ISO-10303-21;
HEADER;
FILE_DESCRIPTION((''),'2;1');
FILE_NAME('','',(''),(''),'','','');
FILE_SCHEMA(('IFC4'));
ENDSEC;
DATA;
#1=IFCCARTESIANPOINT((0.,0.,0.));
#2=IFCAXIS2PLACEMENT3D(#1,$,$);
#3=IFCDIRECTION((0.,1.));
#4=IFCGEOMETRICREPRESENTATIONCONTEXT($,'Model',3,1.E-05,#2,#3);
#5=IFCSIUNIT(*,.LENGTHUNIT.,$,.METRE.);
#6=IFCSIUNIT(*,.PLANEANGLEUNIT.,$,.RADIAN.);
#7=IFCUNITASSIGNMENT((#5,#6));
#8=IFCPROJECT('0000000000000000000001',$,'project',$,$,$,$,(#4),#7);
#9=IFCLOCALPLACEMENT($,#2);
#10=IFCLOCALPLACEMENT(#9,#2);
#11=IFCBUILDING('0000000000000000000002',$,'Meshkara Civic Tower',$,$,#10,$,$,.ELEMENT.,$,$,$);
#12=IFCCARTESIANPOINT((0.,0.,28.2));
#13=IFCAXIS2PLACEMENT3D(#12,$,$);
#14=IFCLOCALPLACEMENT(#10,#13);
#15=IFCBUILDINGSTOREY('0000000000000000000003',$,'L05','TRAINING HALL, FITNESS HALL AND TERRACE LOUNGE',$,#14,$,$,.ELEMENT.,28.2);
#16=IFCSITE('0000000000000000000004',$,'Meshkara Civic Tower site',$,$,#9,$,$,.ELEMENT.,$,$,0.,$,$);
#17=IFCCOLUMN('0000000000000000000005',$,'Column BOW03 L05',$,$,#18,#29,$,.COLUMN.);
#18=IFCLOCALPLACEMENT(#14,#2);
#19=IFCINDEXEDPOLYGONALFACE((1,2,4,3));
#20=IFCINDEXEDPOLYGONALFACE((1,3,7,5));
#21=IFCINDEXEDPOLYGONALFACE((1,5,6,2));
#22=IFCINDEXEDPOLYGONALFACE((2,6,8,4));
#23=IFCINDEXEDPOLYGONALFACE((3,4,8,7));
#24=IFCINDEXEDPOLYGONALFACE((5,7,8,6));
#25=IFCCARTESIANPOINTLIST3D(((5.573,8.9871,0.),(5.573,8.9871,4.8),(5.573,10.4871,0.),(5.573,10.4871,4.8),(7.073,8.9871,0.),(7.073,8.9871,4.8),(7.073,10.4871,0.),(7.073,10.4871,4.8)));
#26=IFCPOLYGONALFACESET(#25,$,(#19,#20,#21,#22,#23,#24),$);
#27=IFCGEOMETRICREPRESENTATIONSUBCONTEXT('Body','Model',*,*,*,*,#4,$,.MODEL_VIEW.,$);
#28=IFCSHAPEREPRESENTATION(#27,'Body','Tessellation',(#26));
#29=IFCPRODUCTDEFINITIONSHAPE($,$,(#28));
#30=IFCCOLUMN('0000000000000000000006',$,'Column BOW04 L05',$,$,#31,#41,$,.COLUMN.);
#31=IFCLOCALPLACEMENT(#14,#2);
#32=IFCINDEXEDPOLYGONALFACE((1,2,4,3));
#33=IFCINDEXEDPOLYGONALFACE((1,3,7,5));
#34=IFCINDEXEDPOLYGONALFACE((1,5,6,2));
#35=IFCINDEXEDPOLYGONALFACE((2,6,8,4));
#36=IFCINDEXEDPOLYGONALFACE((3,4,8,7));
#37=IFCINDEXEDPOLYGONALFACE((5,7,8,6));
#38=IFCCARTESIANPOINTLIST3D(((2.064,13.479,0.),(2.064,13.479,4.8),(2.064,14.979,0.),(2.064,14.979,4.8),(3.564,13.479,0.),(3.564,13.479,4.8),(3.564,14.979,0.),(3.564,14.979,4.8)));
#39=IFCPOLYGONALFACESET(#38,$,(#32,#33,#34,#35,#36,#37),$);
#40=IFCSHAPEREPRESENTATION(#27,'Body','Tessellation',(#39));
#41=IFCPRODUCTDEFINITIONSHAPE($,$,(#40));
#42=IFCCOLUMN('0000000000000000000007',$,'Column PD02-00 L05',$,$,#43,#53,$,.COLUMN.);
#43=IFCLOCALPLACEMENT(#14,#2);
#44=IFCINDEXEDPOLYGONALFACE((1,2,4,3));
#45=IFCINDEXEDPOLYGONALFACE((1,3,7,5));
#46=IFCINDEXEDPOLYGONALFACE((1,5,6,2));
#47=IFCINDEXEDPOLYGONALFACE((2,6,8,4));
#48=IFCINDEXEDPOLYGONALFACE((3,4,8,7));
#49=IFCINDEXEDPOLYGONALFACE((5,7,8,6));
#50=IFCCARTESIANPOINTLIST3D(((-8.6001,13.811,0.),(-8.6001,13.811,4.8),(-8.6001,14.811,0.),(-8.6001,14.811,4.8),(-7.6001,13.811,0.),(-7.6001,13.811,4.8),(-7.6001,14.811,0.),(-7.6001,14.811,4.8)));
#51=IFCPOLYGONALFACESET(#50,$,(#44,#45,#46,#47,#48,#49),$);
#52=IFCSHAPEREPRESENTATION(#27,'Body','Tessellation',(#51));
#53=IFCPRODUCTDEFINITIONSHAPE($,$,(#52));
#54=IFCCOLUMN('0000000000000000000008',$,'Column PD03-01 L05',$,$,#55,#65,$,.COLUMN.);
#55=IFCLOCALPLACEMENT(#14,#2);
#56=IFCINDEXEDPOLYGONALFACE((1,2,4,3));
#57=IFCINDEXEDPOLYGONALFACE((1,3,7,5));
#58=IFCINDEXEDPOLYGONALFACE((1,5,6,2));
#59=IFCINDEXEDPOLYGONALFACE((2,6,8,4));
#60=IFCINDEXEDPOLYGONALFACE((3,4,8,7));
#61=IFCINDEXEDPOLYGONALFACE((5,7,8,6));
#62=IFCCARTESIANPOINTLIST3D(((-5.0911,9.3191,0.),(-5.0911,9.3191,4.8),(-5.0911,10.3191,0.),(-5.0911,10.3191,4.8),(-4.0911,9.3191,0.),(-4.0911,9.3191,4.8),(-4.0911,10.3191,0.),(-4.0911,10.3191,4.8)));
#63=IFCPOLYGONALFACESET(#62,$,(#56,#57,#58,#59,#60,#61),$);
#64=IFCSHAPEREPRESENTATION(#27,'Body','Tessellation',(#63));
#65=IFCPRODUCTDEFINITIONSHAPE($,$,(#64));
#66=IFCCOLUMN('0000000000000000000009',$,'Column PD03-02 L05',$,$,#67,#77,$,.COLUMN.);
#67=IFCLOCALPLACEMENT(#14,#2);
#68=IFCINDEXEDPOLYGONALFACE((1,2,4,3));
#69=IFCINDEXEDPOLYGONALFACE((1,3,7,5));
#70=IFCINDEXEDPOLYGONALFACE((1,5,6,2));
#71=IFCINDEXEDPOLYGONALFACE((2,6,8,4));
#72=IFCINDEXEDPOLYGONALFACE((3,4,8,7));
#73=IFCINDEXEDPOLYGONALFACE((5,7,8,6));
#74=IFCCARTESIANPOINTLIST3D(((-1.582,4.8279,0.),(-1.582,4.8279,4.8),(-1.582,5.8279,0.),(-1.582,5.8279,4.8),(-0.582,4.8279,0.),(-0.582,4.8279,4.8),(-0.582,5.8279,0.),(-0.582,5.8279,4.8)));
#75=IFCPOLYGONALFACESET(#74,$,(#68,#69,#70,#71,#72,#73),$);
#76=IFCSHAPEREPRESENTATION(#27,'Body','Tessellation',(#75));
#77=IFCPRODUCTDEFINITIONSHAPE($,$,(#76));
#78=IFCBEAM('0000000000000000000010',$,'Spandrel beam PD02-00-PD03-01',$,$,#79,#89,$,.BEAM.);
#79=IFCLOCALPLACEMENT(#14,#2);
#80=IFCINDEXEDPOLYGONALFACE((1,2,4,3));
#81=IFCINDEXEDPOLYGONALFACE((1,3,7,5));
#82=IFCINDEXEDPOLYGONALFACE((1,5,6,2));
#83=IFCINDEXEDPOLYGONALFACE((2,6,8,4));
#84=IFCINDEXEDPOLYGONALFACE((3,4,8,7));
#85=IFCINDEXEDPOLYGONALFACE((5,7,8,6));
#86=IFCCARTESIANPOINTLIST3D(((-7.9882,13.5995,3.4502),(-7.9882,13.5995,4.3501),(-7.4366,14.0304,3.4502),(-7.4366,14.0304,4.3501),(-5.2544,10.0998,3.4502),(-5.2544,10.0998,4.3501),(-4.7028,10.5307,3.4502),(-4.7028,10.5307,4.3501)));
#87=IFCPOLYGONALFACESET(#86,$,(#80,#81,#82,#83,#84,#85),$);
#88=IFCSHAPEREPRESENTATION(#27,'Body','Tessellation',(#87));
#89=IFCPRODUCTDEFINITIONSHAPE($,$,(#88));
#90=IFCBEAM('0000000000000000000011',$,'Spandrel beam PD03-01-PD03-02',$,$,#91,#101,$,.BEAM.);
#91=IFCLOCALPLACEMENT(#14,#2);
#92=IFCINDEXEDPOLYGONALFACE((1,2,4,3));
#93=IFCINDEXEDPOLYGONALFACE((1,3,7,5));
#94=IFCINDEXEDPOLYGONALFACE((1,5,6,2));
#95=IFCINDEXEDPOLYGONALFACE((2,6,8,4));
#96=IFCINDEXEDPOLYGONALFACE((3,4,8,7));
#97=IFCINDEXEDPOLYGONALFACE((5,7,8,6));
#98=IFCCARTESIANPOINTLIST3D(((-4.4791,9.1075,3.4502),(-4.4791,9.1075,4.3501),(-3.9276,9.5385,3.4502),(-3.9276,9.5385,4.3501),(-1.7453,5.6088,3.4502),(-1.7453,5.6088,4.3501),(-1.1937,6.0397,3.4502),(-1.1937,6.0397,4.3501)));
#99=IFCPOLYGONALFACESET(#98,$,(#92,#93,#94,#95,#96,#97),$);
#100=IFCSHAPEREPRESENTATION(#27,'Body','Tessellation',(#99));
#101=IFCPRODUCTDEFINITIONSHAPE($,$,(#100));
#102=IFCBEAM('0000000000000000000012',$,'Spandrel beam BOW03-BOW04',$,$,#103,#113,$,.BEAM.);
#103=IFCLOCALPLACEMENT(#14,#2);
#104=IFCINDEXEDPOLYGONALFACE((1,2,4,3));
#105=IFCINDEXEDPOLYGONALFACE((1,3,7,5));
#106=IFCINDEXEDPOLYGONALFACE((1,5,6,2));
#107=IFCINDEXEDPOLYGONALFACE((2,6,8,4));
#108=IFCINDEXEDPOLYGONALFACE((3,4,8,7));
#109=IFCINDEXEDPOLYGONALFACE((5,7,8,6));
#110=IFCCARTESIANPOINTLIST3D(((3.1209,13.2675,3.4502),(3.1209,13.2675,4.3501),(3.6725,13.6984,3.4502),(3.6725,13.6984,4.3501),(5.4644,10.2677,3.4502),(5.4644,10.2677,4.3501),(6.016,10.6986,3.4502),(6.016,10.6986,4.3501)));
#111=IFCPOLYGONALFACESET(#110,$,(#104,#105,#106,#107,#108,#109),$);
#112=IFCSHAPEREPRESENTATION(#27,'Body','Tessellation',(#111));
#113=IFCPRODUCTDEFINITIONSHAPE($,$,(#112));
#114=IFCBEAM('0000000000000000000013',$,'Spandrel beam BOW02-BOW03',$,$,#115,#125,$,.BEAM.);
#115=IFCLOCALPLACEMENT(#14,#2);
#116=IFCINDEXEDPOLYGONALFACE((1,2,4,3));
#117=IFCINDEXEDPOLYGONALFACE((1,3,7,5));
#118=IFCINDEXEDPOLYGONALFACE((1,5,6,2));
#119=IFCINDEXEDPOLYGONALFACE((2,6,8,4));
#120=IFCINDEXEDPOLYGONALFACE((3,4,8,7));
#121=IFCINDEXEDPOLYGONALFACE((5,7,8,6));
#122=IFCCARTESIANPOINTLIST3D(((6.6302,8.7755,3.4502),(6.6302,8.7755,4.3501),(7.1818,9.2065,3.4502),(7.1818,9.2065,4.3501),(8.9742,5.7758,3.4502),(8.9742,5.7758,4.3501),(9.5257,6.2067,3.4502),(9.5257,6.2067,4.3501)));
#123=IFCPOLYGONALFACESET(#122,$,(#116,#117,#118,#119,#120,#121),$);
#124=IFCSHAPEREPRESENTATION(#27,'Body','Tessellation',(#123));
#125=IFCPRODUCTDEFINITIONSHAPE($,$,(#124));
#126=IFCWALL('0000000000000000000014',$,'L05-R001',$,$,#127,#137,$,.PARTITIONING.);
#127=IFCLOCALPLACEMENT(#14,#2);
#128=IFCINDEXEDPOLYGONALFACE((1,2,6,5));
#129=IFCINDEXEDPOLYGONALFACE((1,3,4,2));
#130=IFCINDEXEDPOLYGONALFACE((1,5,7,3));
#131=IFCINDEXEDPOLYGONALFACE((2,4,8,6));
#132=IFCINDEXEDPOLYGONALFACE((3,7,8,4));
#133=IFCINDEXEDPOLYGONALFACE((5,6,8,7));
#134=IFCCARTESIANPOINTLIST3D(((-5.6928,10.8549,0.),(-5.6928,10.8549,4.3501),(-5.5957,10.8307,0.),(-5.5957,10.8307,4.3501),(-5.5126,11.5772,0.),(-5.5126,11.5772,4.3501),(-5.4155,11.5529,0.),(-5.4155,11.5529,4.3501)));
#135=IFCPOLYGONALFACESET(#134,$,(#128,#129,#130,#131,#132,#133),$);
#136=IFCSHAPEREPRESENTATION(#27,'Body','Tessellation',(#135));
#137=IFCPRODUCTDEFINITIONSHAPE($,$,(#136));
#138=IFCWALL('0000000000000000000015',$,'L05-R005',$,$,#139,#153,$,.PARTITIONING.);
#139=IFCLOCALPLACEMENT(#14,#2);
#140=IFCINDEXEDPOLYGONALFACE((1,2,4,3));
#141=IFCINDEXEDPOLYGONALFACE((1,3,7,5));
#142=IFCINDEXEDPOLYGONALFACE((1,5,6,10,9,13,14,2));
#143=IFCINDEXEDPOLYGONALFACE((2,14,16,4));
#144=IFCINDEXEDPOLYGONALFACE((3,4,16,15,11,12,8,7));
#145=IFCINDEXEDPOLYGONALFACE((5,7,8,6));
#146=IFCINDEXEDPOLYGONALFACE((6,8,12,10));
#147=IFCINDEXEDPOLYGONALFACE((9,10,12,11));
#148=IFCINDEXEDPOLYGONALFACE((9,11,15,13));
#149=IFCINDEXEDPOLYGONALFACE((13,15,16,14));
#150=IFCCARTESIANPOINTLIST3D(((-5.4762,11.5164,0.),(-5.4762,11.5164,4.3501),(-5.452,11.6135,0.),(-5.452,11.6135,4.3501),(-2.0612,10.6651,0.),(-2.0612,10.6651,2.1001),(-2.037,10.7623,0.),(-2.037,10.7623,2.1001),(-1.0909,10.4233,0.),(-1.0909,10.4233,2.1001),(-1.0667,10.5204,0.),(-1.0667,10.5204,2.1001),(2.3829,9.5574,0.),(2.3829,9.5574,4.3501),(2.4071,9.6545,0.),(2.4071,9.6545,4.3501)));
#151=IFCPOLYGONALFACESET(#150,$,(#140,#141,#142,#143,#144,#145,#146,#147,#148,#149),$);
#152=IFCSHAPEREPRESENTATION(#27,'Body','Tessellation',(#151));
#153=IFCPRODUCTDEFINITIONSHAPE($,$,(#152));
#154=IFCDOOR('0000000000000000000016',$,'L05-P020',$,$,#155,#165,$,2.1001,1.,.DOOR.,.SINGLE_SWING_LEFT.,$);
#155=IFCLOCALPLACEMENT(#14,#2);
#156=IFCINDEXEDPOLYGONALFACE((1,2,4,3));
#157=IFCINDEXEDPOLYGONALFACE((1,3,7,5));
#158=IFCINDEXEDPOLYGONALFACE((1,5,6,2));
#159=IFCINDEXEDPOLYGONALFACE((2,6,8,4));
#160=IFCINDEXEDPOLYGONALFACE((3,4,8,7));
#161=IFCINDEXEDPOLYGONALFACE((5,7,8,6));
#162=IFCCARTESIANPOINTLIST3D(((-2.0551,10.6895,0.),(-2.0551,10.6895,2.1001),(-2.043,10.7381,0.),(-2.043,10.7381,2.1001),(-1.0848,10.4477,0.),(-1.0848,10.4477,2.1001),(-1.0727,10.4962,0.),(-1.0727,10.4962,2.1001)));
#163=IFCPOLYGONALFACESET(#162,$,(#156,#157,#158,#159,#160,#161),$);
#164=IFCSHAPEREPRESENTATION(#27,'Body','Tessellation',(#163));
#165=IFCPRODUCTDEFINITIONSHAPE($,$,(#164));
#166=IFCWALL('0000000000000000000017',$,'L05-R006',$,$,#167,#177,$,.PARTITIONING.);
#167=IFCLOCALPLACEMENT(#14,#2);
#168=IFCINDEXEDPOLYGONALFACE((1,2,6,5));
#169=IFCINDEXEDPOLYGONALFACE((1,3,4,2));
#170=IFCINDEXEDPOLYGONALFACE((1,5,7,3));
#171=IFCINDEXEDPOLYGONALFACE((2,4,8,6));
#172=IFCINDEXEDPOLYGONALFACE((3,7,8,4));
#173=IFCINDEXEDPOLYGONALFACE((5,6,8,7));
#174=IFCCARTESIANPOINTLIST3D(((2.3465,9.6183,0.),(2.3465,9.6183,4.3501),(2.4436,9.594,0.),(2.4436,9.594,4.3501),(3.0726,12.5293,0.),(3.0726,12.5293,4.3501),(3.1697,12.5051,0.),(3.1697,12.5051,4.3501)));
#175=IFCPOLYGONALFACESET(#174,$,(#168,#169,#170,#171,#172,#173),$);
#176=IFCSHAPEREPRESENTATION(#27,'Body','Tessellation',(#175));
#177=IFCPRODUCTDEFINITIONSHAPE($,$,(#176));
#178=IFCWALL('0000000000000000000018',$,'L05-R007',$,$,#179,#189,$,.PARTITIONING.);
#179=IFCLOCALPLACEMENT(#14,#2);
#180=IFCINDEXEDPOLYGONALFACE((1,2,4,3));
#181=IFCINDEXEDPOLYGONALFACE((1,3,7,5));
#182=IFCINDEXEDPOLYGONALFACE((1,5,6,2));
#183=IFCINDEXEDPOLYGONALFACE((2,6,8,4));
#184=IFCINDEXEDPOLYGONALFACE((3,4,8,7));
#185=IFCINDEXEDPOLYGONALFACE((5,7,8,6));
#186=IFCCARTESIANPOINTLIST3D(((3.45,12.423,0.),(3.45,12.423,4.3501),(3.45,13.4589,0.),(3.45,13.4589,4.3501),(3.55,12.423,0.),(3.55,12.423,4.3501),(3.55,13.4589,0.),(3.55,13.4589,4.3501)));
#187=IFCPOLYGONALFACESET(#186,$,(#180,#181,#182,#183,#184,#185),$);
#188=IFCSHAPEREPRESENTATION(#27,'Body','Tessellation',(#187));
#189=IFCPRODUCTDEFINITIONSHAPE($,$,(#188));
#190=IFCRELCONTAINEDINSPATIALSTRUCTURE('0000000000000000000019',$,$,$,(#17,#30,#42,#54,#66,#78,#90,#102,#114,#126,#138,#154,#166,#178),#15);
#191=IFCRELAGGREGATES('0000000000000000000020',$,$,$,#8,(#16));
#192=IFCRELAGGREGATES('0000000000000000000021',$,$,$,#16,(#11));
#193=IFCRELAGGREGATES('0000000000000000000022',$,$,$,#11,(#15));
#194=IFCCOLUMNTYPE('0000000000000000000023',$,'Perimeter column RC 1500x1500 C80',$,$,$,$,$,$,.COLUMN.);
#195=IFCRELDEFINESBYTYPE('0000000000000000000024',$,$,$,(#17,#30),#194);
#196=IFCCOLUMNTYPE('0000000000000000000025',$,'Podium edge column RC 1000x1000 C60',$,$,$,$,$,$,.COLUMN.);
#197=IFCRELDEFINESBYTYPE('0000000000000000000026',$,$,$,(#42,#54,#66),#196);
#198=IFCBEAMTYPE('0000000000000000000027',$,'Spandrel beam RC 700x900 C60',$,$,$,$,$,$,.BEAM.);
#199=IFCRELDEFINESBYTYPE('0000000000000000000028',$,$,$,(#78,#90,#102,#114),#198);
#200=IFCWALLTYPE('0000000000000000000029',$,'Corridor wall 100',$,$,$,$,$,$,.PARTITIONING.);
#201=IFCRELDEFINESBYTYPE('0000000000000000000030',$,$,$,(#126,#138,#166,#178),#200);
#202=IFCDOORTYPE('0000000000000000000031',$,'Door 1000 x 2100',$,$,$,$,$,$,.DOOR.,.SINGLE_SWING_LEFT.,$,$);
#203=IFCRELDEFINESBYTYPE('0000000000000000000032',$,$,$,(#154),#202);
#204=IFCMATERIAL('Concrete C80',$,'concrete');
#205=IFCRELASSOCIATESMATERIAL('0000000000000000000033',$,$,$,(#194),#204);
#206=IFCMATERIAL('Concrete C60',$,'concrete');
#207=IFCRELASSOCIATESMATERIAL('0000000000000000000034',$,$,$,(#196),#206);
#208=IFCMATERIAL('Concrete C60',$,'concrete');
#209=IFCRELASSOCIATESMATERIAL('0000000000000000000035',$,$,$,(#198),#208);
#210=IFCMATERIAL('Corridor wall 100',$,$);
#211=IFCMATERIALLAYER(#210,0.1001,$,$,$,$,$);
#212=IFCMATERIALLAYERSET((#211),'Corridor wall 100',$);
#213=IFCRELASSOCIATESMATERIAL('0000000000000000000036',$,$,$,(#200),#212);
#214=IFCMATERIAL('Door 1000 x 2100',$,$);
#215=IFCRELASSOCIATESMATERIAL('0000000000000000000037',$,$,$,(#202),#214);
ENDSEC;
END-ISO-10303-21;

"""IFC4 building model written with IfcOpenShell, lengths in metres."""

from ifc_helpers import new_model, si_unit, direction, frame, frame_2d, origin, origin_2d, place, context, subcontext, project, spatial, rectangle, extrude, material, layer, layer_set, material_profile, profile_set, type_object, element, fill, save


model = new_model("IFC4")

# Units and contexts
model_context = context("Model", 3, precision=1e-05, world=origin(), true_north=direction((0.0, 1.0)))
body_context = subcontext(model_context, "Body", "Model", "MODEL_VIEW")
ifc_project = project(units=[si_unit("LENGTHUNIT", "METRE"), si_unit("PLANEANGLEUNIT", "RADIAN")], contexts=[model_context])

# Site, building, storey
site_placement = place(None, origin())
site = spatial("IfcSite", under=ifc_project, at=site_placement, Name="Meshkara Civic Tower site", CompositionType="ELEMENT", RefElevation=0.0)
building_placement = place(site_placement, origin())
building = spatial("IfcBuilding", under=site, at=building_placement, Name="Meshkara Civic Tower", CompositionType="ELEMENT")
storey_placement = place(building_placement, frame((0.0, 0.0, 28.2)))
storey = spatial("IfcBuildingStorey", under=building, at=storey_placement, Name="L05", Description="TRAINING HALL, FITNESS HALL AND TERRACE LOUNGE", CompositionType="ELEMENT", Elevation=28.2)

# Columns
ifc_material_1 = material(Name="Concrete C80", Category="concrete")
ifc_material_profile_1 = material_profile(ifc_material_1, rectangle(XDim=1.5, YDim=1.5, at=origin_2d()))
ifc_profile_set_1 = profile_set([ifc_material_profile_1], Name="Concrete C80")
column_type_1 = type_object("IfcColumnType", Name="Perimeter column RC 1500x1500 C80", PredefinedType="COLUMN", material=ifc_profile_set_1)
for number, where, z_axis, x_axis, name in (
    (1, (6.323, 9.7371, 0.0), (0.0, 0.0, 1.0), (1.0, 0.0, 0.0), "Column BOW03 L05"),
    (2, (2.814, 14.229, 0.0), (0.0, 0.0, 1.0), (1.0, 0.0, 0.0), "Column BOW04 L05"),
):
    element("IfcColumn", number, at=place(storey_placement, frame(where, z_axis=z_axis, x_axis=x_axis)), inside=storey, type_object=column_type_1, Name=name, PredefinedType="COLUMN", context=body_context, shape_type="SweptSolid", body=[
        extrude(rectangle(XDim=1.5, YDim=1.5, at=origin_2d()), origin(), (0.0, 0.0, 1.0), 4.8),
    ])
ifc_material_2 = material(Name="Concrete C60", Category="concrete")
ifc_material_profile_2 = material_profile(ifc_material_2, rectangle(XDim=1.0, YDim=1.0, at=origin_2d()))
ifc_profile_set_2 = profile_set([ifc_material_profile_2], Name="Concrete C60")
column_type_2 = type_object("IfcColumnType", Name="Podium edge column RC 1000x1000 C60", PredefinedType="COLUMN", material=ifc_profile_set_2)
for number, where, z_axis, x_axis, name in (
    (3, (-8.1001, 14.311, 0.0), (0.0, 0.0, 1.0), (1.0, 0.0, 0.0), "Column PD02-00 L05"),
    (4, (-4.5911, 9.8191, 0.0), (0.0, 0.0, 1.0), (1.0, 0.0, 0.0), "Column PD03-01 L05"),
    (5, (-1.082, 5.3279, 0.0), (0.0, 0.0, 1.0), (1.0, 0.0, 0.0), "Column PD03-02 L05"),
):
    element("IfcColumn", number, at=place(storey_placement, frame(where, z_axis=z_axis, x_axis=x_axis)), inside=storey, type_object=column_type_2, Name=name, PredefinedType="COLUMN", context=body_context, shape_type="SweptSolid", body=[
        extrude(rectangle(XDim=1.0, YDim=1.0, at=origin_2d()), origin(), (0.0, 0.0, 1.0), 4.8),
    ])

# Beams
ifc_material_3 = material(Name="Concrete C60", Category="concrete")
ifc_material_profile_3 = material_profile(ifc_material_3, rectangle(XDim=0.7, YDim=0.8999, at=origin_2d()))
ifc_profile_set_3 = profile_set([ifc_material_profile_3], Name="Concrete C60")
beam_type = type_object("IfcBeamType", Name="Spandrel beam RC 700x900 C60", PredefinedType="BEAM", material=ifc_profile_set_3)
beam_1_placement = place(storey_placement, frame((-7.7124, 13.8149, 3.9001), z_axis=(0.615602, -0.788057, 0.0), x_axis=(0.788057, 0.615602, 0.0)))
element("IfcBeam", 6, at=beam_1_placement, inside=storey, type_object=beam_type, Name="Spandrel beam PD02-00-PD03-01", PredefinedType="BEAM", context=body_context, shape_type="SweptSolid", body=[
    extrude(rectangle(XDim=0.7, YDim=0.8999, at=origin_2d()), origin(), (0.0, 0.0, 1.0), 4.4409),
])
beam_2_placement = place(storey_placement, frame((-4.2034, 9.323, 3.9001), z_axis=(0.615709, -0.787974, 0.0), x_axis=(0.787974, 0.615709, 0.0)))
element("IfcBeam", 7, at=beam_2_placement, inside=storey, type_object=beam_type, Name="Spandrel beam PD03-01-PD03-02", PredefinedType="BEAM", context=body_context, shape_type="SweptSolid", body=[
    extrude(rectangle(XDim=0.7, YDim=0.8999, at=origin_2d()), origin(), (0.0, 0.0, 1.0), 4.4402),
])
beam_3_placement = place(storey_placement, frame((3.3967, 13.4829, 3.9001), z_axis=(0.615635, -0.788031, 0.0), x_axis=(0.788031, 0.615635, 0.0)))
element("IfcBeam", 8, at=beam_3_placement, inside=storey, type_object=beam_type, Name="Spandrel beam BOW03-BOW04", PredefinedType="BEAM", context=body_context, shape_type="SweptSolid", body=[
    extrude(rectangle(XDim=0.7, YDim=0.8999, at=origin_2d()), origin(), (0.0, 0.0, 1.0), 3.8066),
])
beam_4_placement = place(storey_placement, frame((6.906, 8.991, 3.9001), z_axis=(0.615715, -0.787969, 0.0), x_axis=(0.787969, 0.615715, 0.0)))
element("IfcBeam", 9, at=beam_4_placement, inside=storey, type_object=beam_type, Name="Spandrel beam BOW02-BOW03", PredefinedType="BEAM", context=body_context, shape_type="SweptSolid", body=[
    extrude(rectangle(XDim=0.7, YDim=0.8999, at=origin_2d()), origin(), (0.0, 0.0, 1.0), 3.8069),
])

# Wall
ifc_material_4 = material(Name="Corridor wall 100")
ifc_layer_1 = layer(ifc_material_4, 0.1001)
ifc_layer_set_1 = layer_set([ifc_layer_1], Name="Corridor wall 100")
wall_type_1 = type_object("IfcWallType", Name="Corridor wall 100", PredefinedType="PARTITIONING", material=ifc_layer_set_1)
wall_1_placement = place(storey_placement, frame((-5.4641, 11.5649, 0.0), z_axis=(0.0, 0.0, 1.0), x_axis=(-0.242073, -0.970258, 0.0)))
element("IfcWall", 10, at=wall_1_placement, inside=storey, type_object=wall_type_1, Name="L05-R001", PredefinedType="PARTITIONING", context=body_context, shape_type="SweptSolid", body=[
    extrude(rectangle(XDim=0.7444, YDim=0.1001, at=frame_2d((0.3721, 0.0))), origin(), (0.0, 0.0, 1.0), 4.3501),
])

# Wall, opening, door
wall_2_placement = place(storey_placement, frame((2.395, 9.606, 0.0), z_axis=(0.0, 0.0, 1.0), x_axis=(-0.970311, 0.241862, 0.0)))
wall_2 = element("IfcWall", 11, at=wall_2_placement, inside=storey, type_object=wall_type_1, Name="L05-R005", PredefinedType="PARTITIONING", context=body_context, shape_type="SweptSolid", body=[
    extrude(rectangle(XDim=8.0996, YDim=0.1001, at=frame_2d((4.0498, 0.0))), origin(), (0.0, 0.0, 1.0), 4.3501),
])
opening_1_placement = place(wall_2_placement, frame((3.5801, 0.0, 0.0)))
opening_1 = element("IfcOpeningElement", 12, at=opening_1_placement, cuts=wall_2, PredefinedType="OPENING", context=body_context, shape_type="SweptSolid", body=[
    extrude(rectangle(XDim=1.0, YDim=2.1001, at=frame_2d((0.5, 1.05))), frame((0.0, 0.0601, 0.0), z_axis=(0.0, -1.0, 0.0), x_axis=(1.0, 0.0, 0.0)), (0.0, 0.0, 1.0), 0.1201),
])
ifc_material_5 = material(Name="Door 1000 x 2100")
door_type_1 = type_object("IfcDoorType", Name="Door 1000 x 2100", OperationType="SINGLE_SWING_LEFT", PredefinedType="DOOR", material=ifc_material_5)
door_1_placement = place(opening_1_placement, origin())
door_1 = element("IfcDoor", 13, at=door_1_placement, inside=storey, type_object=door_type_1, Name="L05-P020", OperationType="SINGLE_SWING_LEFT", OverallHeight=2.1001, OverallWidth=1.0, PredefinedType="DOOR", context=body_context, shape_type="SweptSolid", body=[
    extrude(rectangle(XDim=1.0, YDim=2.1001, at=frame_2d((0.5, 1.05))), frame((0.0, 0.0249, 0.0), z_axis=(0.0, -1.0, 0.0), x_axis=(1.0, 0.0, 0.0)), (0.0, 0.0, 1.0), 0.05),
])
fill(opening_1, door_1)

# Walls
wall_3_placement = place(storey_placement, frame((3.1211, 12.5171, 0.0), z_axis=(0.0, 0.0, 1.0), x_axis=(-0.241999, -0.970276, 0.0)))
element("IfcWall", 14, at=wall_3_placement, inside=storey, type_object=wall_type_1, Name="L05-R006", PredefinedType="PARTITIONING", context=body_context, shape_type="SweptSolid", body=[
    extrude(rectangle(XDim=3.0002, YDim=0.1001, at=frame_2d((1.5, 0.0))), origin(), (0.0, 0.0, 1.0), 4.3501),
])
wall_4_placement = place(storey_placement, frame((3.5, 13.459, 0.0), z_axis=(0.0, 0.0, 1.0), x_axis=(0.0, -1.0, 0.0)))
element("IfcWall", 15, at=wall_4_placement, inside=storey, type_object=wall_type_1, Name="L05-R007", PredefinedType="PARTITIONING", context=body_context, shape_type="SweptSolid", body=[
    extrude(rectangle(XDim=1.0359, YDim=0.1001, at=frame_2d((0.5181, 0.0))), origin(), (0.0, 0.0, 1.0), 4.3501),
])

save(model, "model.ifc")
